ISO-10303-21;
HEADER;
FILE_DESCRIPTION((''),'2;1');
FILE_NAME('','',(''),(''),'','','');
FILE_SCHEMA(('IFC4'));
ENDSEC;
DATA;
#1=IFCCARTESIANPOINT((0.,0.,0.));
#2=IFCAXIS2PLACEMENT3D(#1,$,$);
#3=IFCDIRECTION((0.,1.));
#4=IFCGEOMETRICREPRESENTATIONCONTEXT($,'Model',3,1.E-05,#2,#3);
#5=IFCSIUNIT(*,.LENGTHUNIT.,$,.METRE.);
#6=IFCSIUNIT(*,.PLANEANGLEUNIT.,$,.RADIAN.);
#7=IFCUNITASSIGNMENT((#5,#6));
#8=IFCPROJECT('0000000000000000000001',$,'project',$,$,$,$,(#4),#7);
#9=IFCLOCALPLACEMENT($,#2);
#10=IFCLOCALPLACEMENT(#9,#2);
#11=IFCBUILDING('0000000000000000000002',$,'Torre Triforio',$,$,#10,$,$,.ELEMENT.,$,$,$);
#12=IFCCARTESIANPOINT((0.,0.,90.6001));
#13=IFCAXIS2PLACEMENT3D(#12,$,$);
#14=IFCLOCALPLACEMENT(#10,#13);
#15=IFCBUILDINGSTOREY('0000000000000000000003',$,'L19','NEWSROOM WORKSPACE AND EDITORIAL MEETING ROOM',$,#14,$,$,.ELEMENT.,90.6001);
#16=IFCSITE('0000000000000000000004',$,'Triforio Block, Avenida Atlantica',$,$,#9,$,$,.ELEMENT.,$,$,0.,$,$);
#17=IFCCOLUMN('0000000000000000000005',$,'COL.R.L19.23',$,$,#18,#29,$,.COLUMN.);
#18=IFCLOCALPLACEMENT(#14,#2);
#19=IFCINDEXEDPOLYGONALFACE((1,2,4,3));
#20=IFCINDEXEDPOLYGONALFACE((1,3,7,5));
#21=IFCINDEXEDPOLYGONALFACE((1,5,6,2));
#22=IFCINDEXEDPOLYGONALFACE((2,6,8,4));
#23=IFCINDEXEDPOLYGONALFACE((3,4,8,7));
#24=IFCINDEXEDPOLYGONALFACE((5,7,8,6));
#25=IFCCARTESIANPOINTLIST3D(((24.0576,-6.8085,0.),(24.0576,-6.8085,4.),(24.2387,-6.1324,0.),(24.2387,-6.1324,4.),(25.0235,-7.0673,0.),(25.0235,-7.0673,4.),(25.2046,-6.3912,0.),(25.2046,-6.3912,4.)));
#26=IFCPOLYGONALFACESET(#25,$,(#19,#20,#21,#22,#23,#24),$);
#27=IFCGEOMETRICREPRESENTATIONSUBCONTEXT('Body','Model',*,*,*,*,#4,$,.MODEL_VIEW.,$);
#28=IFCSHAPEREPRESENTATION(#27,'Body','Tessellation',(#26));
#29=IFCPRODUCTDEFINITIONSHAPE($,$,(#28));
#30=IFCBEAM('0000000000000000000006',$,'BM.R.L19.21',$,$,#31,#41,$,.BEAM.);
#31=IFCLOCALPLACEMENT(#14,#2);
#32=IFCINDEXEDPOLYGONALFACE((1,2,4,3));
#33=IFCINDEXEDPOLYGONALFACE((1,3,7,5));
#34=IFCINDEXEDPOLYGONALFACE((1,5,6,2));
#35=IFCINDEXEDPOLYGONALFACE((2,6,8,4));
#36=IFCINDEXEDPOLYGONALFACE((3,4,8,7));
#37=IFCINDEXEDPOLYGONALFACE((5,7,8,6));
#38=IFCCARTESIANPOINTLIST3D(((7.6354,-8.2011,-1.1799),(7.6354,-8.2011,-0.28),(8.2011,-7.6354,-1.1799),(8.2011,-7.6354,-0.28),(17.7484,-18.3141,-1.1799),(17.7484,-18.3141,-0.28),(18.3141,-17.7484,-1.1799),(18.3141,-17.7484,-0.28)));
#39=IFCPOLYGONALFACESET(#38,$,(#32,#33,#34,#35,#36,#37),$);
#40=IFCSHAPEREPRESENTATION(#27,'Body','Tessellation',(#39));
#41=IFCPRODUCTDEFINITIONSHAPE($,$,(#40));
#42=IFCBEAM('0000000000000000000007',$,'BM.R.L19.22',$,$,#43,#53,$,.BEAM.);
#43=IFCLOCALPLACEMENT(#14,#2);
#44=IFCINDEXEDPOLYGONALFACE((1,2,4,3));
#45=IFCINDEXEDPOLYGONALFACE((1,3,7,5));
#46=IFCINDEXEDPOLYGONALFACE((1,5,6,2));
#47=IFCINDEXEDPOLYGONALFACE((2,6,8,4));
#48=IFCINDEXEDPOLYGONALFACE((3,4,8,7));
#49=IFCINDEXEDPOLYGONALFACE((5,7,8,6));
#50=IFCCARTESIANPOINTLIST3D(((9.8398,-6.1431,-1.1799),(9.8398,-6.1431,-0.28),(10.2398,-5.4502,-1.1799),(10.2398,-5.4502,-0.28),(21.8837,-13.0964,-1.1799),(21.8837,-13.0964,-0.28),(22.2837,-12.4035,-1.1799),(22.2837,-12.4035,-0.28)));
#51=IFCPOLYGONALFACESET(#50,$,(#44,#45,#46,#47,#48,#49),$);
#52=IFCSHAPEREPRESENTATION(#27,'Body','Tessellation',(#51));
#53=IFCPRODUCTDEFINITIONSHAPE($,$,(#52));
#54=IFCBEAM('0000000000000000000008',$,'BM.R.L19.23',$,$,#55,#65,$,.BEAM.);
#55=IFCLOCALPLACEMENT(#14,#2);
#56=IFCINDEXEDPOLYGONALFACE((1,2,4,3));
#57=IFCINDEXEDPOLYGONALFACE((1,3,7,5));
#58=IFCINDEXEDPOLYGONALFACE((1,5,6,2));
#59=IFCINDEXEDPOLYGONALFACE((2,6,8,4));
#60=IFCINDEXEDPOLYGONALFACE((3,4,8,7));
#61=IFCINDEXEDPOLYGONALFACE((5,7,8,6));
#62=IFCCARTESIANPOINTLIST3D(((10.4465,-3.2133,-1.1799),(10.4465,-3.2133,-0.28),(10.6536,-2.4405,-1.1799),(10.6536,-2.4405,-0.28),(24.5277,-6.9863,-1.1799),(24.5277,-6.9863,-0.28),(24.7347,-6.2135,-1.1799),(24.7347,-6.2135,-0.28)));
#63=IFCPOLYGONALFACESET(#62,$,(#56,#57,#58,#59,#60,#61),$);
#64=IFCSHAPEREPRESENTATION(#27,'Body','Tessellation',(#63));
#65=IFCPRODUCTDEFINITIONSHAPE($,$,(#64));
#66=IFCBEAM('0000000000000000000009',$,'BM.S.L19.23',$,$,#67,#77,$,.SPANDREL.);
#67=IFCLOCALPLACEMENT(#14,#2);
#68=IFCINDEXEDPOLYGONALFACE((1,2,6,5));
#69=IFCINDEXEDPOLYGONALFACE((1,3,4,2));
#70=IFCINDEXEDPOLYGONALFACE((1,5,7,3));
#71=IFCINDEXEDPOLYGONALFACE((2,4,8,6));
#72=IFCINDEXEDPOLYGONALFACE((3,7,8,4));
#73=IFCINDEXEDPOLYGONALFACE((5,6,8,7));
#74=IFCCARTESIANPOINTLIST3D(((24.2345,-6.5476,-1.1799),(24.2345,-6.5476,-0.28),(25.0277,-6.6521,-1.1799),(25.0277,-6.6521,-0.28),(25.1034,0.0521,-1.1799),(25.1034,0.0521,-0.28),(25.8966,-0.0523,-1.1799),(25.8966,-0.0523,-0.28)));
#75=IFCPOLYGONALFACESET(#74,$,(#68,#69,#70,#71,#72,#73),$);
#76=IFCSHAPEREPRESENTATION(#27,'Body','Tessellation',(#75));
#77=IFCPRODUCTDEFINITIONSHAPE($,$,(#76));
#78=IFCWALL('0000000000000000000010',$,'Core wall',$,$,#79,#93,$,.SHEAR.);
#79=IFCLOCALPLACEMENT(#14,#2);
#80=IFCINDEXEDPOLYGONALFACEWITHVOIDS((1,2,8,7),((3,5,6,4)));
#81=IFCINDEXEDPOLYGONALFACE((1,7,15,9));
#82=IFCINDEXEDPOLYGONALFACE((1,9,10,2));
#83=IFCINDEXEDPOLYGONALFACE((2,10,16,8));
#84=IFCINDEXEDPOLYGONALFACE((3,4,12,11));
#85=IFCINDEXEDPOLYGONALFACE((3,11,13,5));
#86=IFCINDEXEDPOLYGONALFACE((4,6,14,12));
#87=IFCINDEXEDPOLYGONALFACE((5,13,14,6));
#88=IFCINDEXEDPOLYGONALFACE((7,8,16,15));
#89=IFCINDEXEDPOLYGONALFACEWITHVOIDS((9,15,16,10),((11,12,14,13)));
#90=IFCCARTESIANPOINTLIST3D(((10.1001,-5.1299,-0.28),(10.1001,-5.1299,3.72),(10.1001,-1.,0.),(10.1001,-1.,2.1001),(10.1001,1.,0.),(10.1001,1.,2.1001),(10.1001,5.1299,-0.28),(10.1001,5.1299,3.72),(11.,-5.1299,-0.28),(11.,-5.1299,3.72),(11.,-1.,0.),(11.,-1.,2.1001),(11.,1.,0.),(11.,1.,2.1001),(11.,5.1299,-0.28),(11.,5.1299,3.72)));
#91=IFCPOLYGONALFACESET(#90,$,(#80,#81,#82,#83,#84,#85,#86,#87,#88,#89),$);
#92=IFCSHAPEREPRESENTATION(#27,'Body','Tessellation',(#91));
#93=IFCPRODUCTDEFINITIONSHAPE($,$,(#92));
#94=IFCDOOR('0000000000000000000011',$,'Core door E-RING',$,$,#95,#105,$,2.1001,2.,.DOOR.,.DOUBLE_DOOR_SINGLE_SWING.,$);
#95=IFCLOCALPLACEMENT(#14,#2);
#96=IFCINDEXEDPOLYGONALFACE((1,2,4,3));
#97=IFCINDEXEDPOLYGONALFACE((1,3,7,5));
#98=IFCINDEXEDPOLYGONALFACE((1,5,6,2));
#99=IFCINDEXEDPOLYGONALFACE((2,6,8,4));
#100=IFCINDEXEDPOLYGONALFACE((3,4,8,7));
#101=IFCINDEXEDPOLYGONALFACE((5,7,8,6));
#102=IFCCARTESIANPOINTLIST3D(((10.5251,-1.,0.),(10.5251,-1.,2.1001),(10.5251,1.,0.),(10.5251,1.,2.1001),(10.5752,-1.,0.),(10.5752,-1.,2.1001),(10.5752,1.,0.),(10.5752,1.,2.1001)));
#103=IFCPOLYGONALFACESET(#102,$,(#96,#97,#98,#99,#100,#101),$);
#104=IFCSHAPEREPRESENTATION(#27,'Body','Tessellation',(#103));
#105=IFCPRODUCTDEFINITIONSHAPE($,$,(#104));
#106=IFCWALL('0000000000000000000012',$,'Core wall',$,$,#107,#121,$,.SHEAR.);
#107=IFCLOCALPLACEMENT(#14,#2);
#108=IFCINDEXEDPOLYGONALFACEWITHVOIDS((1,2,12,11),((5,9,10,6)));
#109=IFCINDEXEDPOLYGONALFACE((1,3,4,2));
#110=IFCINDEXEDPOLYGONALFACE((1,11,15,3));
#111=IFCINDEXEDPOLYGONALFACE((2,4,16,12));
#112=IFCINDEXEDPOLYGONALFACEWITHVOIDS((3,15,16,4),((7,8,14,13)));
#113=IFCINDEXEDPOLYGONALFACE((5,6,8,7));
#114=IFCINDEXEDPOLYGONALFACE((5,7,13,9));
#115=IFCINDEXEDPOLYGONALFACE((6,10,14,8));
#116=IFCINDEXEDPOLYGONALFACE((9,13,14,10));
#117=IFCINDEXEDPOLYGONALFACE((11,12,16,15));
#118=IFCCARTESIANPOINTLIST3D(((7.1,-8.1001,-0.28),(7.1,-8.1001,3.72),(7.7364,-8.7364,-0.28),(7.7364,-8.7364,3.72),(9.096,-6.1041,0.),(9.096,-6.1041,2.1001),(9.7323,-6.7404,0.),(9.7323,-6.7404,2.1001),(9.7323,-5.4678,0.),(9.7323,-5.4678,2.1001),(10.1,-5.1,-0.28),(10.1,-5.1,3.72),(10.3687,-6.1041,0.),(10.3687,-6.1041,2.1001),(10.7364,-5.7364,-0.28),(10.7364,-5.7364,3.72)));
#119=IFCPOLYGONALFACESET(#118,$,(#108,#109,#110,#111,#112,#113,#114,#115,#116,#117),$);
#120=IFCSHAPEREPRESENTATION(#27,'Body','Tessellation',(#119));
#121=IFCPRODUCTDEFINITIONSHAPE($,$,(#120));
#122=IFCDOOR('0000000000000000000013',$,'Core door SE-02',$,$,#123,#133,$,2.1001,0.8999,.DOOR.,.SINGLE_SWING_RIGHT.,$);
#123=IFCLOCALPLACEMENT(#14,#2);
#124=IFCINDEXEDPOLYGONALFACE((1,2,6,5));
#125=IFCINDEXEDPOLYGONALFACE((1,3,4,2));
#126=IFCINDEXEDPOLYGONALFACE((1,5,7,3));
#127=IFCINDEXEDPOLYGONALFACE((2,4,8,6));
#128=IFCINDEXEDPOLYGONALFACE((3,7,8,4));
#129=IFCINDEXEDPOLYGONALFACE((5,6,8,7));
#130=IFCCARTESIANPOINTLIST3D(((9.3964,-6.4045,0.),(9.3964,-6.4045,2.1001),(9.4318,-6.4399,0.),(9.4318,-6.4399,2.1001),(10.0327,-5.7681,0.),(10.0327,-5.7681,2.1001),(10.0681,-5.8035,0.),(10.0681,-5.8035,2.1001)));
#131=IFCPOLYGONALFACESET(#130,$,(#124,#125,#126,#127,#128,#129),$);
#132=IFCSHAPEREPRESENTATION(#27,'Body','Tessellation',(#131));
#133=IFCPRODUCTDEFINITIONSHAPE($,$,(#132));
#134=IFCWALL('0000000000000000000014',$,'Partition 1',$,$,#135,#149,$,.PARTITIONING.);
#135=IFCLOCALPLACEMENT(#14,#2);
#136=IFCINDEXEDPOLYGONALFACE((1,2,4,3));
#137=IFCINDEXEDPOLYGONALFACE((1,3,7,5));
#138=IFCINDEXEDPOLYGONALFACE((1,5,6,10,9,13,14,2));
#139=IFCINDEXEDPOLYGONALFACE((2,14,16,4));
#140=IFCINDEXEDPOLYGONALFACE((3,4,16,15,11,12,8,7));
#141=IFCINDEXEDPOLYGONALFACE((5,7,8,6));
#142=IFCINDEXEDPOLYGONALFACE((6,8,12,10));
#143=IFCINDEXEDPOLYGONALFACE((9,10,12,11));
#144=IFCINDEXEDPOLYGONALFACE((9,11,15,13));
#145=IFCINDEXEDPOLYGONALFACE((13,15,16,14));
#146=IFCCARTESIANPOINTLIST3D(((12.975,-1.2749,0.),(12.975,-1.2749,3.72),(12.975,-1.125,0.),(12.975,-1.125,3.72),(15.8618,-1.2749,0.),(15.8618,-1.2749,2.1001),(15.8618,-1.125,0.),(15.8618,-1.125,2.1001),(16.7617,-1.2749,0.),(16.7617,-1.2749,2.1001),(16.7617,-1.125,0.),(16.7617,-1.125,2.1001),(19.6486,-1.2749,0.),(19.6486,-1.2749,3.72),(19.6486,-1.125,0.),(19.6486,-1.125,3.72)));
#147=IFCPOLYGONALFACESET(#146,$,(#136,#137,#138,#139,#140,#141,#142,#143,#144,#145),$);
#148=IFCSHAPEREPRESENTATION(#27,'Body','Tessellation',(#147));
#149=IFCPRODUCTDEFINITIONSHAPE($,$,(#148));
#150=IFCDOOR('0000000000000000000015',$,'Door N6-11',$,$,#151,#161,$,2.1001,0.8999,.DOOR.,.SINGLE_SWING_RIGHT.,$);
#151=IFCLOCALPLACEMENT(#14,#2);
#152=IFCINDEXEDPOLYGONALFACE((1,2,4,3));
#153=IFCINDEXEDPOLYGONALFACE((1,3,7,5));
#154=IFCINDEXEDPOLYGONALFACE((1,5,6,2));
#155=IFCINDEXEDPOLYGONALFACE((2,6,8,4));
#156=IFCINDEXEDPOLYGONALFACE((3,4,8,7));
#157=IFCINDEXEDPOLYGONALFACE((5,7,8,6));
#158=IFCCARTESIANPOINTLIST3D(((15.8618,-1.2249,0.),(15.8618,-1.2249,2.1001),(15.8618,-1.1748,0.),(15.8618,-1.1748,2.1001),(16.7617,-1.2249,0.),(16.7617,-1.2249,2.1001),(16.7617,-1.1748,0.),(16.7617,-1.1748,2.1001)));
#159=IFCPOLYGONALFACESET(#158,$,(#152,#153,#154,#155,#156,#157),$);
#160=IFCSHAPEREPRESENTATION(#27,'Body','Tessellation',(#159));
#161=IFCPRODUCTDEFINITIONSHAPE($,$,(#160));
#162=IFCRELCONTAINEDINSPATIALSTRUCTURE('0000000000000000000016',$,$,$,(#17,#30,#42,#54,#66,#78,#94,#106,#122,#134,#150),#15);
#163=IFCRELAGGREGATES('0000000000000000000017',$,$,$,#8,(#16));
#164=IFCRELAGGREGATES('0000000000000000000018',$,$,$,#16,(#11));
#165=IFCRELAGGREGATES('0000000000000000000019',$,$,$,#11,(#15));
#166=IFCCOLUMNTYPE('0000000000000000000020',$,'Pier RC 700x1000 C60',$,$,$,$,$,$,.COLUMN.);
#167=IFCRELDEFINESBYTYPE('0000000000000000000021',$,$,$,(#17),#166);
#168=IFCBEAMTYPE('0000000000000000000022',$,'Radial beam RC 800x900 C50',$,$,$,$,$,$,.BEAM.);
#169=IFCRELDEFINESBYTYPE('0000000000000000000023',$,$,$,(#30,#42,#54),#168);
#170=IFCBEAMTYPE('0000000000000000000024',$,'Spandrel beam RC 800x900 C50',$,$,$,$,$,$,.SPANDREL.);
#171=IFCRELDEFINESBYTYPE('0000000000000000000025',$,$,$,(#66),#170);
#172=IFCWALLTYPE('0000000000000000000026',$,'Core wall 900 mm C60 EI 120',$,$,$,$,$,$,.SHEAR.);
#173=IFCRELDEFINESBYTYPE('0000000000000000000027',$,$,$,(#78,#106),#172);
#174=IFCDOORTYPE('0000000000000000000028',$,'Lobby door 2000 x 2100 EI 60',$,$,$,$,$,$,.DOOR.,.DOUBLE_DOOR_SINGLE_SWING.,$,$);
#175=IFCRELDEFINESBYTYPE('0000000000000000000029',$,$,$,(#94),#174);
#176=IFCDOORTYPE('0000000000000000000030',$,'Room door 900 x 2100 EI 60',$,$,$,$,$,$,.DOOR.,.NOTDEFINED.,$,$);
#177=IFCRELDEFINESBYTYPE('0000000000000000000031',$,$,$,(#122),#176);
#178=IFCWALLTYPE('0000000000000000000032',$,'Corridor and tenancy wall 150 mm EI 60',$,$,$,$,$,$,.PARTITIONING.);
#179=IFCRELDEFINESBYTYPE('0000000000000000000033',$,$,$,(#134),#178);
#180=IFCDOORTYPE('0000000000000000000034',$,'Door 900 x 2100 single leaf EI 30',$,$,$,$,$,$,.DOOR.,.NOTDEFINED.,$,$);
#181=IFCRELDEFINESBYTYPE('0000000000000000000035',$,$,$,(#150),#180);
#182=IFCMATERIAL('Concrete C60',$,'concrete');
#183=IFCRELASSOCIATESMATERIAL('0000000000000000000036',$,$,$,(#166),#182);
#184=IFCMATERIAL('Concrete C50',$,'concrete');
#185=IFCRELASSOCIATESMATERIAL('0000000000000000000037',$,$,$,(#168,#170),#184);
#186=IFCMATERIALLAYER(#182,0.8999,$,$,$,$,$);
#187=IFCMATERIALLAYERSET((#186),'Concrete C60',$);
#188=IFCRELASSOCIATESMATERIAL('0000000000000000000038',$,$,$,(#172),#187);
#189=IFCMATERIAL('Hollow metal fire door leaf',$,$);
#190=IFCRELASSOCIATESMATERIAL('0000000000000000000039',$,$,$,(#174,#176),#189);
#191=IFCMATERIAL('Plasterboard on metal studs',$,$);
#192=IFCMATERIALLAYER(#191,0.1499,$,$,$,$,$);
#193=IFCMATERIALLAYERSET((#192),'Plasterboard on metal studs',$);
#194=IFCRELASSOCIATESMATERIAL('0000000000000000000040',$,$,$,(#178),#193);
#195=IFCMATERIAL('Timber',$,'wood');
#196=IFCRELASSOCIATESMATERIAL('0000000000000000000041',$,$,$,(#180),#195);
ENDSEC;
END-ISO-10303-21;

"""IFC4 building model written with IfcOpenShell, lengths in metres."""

from ifc_helpers import new_model, si_unit, direction, frame, frame_2d, origin, origin_2d, place, context, subcontext, project, spatial, rectangle, extrude, material, layer, layer_set, material_profile, profile_set, type_object, element, fill, save


model = new_model("IFC4")

# Units and contexts
model_context = context("Model", 3, precision=1e-05, world=origin(), true_north=direction((0.0, 1.0)))
body_context = subcontext(model_context, "Body", "Model", "MODEL_VIEW")
ifc_project = project(units=[si_unit("LENGTHUNIT", "METRE"), si_unit("PLANEANGLEUNIT", "RADIAN")], contexts=[model_context])

# Site, building, storey
site_placement = place(None, origin())
site = spatial("IfcSite", under=ifc_project, at=site_placement, Name="Triforio Block, Avenida Atlantica", CompositionType="ELEMENT", RefElevation=0.0)
building_placement = place(site_placement, origin())
building = spatial("IfcBuilding", under=site, at=building_placement, Name="Torre Triforio", CompositionType="ELEMENT")
storey_placement = place(building_placement, frame((0.0, 0.0, 90.6001)))
storey = spatial("IfcBuildingStorey", under=building, at=storey_placement, Name="L19", Description="NEWSROOM WORKSPACE AND EDITORIAL MEETING ROOM", CompositionType="ELEMENT", Elevation=90.6001)

# Column
ifc_material_1 = material(Name="Concrete C60", Category="concrete")
ifc_material_profile_1 = material_profile(ifc_material_1, rectangle(XDim=0.7, YDim=1.0, at=origin_2d()), Name="RC 700x1000")
ifc_profile_set_1 = profile_set([ifc_material_profile_1], Name="Concrete C60")
column_type = type_object("IfcColumnType", Name="Pier RC 700x1000 C60", PredefinedType="COLUMN", material=ifc_profile_set_1)
column_placement = place(storey_placement, frame((24.6311, -6.5999, 0.0), z_axis=(0.0, 0.0, 1.0), x_axis=(0.258819, 0.965926, 0.0)))
element("IfcColumn", 1, at=column_placement, inside=storey, type_object=column_type, Name="COL.R.L19.23", PredefinedType="COLUMN", context=body_context, shape_type="SweptSolid", body=[
    extrude(rectangle(XDim=0.7, YDim=1.0, at=origin_2d()), origin(), (0.0, 0.0, 1.0), 4.0),
])

# Beams
ifc_material_2 = material(Name="Concrete C50", Category="concrete")
ifc_material_profile_2 = material_profile(ifc_material_2, rectangle(XDim=0.8, YDim=0.8999, at=origin_2d()), Name="RC 800x900")
ifc_profile_set_2 = profile_set([ifc_material_profile_2], Name="Concrete C50")
beam_type_1 = type_object("IfcBeamType", Name="Radial beam RC 800x900 C50", PredefinedType="BEAM", material=ifc_profile_set_2)
beam_1_placement = place(storey_placement, frame((7.9182, -7.9182, -0.73), z_axis=(0.707107, -0.707107, 0.0), x_axis=(0.707107, 0.707107, 0.0)))
element("IfcBeam", 2, at=beam_1_placement, inside=storey, type_object=beam_type_1, Name="BM.R.L19.21", PredefinedType="BEAM", context=body_context, shape_type="SweptSolid", body=[
    extrude(rectangle(XDim=0.8, YDim=0.8999, at=origin_2d()), origin(), (0.0, 0.0, 1.0), 14.302),
])
beam_2_placement = place(storey_placement, frame((10.0398, -5.7966, -0.73), z_axis=(0.866032, -0.499989, 0.0), x_axis=(0.499989, 0.866032, 0.0)))
element("IfcBeam", 3, at=beam_2_placement, inside=storey, type_object=beam_type_1, Name="BM.R.L19.22", PredefinedType="BEAM", context=body_context, shape_type="SweptSolid", body=[
    extrude(rectangle(XDim=0.8, YDim=0.8999, at=origin_2d()), origin(), (0.0, 0.0, 1.0), 13.907),
])
beam_3_placement = place(storey_placement, frame((10.55, -2.8269, -0.73), z_axis=(0.965927, -0.258815, 0.0), x_axis=(0.258815, 0.965927, 0.0)))
element("IfcBeam", 4, at=beam_3_placement, inside=storey, type_object=beam_type_1, Name="BM.R.L19.23", PredefinedType="BEAM", context=body_context, shape_type="SweptSolid", body=[
    extrude(rectangle(XDim=0.8, YDim=0.8999, at=origin_2d()), origin(), (0.0, 0.0, 1.0), 14.5779),
])
ifc_material_profile_3 = material_profile(ifc_material_2, rectangle(XDim=0.8, YDim=0.8999, at=origin_2d()), Name="RC 800x900")
ifc_profile_set_3 = profile_set([ifc_material_profile_3], Name="Concrete C50")
beam_type_2 = type_object("IfcBeamType", Name="Spandrel beam RC 800x900 C50", PredefinedType="SPANDREL", material=ifc_profile_set_3)
beam_4_placement = place(storey_placement, frame((24.6311, -6.5999, -0.73), z_axis=(0.130528, 0.991445, 0.0), x_axis=(-0.991445, 0.130528, 0.0)))
element("IfcBeam", 5, at=beam_4_placement, inside=storey, type_object=beam_type_2, Name="BM.S.L19.23", PredefinedType="SPANDREL", context=body_context, shape_type="SweptSolid", body=[
    extrude(rectangle(XDim=0.8, YDim=0.8999, at=origin_2d()), origin(), (0.0, 0.0, 1.0), 6.6567),
])

# Walls, openings, doors
ifc_layer_1 = layer(ifc_material_1, 0.8999)
ifc_layer_set_1 = layer_set([ifc_layer_1], Name="Concrete C60")
wall_type_1 = type_object("IfcWallType", Name="Core wall 900 mm C60 EI 120", PredefinedType="SHEAR", material=ifc_layer_set_1)
wall_1_placement = place(storey_placement, frame((10.55, -5.1299, -0.28), z_axis=(0.0, 0.0, 1.0), x_axis=(0.0, 1.0, 0.0)))
wall_1 = element("IfcWall", 6, at=wall_1_placement, inside=storey, type_object=wall_type_1, Name="Core wall", PredefinedType="SHEAR", context=body_context, shape_type="SweptSolid", body=[
    extrude(rectangle(XDim=10.2598, YDim=0.8999, at=frame_2d((5.1299, 0.0))), origin(), (0.0, 0.0, 1.0), 4.0),
])
opening_1_placement = place(wall_1_placement, frame((4.1299, 0.0, 0.28)))
opening_1 = element("IfcOpeningElement", 7, at=opening_1_placement, cuts=wall_1, PredefinedType="OPENING", context=body_context, shape_type="SweptSolid", body=[
    extrude(rectangle(XDim=2.0, YDim=2.1001, at=frame_2d((1.0, 1.05))), frame((0.0, 0.46, 0.0), z_axis=(0.0, -1.0, 0.0), x_axis=(1.0, 0.0, 0.0)), (0.0, 0.0, 1.0), 0.9199),
])
ifc_material_3 = material(Name="Hollow metal fire door leaf")
door_type_1 = type_object("IfcDoorType", Name="Lobby door 2000 x 2100 EI 60", OperationType="DOUBLE_DOOR_SINGLE_SWING", PredefinedType="DOOR", material=ifc_material_3)
door_1_placement = place(opening_1_placement, origin())
door_1 = element("IfcDoor", 8, at=door_1_placement, inside=storey, type_object=door_type_1, Name="Core door E-RING", OperationType="DOUBLE_DOOR_SINGLE_SWING", OverallHeight=2.1001, OverallWidth=2.0, PredefinedType="DOOR", context=body_context, shape_type="SweptSolid", body=[
    extrude(rectangle(XDim=2.0, YDim=2.1001, at=frame_2d((1.0, 1.05))), frame((0.0, 0.0249, 0.0), z_axis=(0.0, -1.0, 0.0), x_axis=(1.0, 0.0, 0.0)), (0.0, 0.0, 1.0), 0.05),
])
fill(opening_1, door_1)
wall_2_placement = place(storey_placement, frame((10.4182, -5.4182, -0.28), z_axis=(0.0, 0.0, 1.0), x_axis=(-0.707107, -0.707107, 0.0)))
wall_2 = element("IfcWall", 9, at=wall_2_placement, inside=storey, type_object=wall_type_1, Name="Core wall", PredefinedType="SHEAR", context=body_context, shape_type="SweptSolid", body=[
    extrude(rectangle(XDim=4.2427, YDim=0.8999, at=frame_2d((2.1213, 0.0))), origin(), (0.0, 0.0, 1.0), 4.0),
])
opening_2_placement = place(wall_2_placement, frame((0.52, 0.0, 0.28)))
opening_2 = element("IfcOpeningElement", 10, at=opening_2_placement, cuts=wall_2, PredefinedType="OPENING", context=body_context, shape_type="SweptSolid", body=[
    extrude(rectangle(XDim=0.8999, YDim=2.1001, at=frame_2d((0.45, 1.05))), frame((0.0, 0.46, 0.0), z_axis=(0.0, -1.0, 0.0), x_axis=(1.0, 0.0, 0.0)), (0.0, 0.0, 1.0), 0.9199),
])
door_type_2 = type_object("IfcDoorType", Name="Room door 900 x 2100 EI 60", OperationType="NOTDEFINED", PredefinedType="DOOR", material=ifc_material_3)
door_2_placement = place(opening_2_placement, origin())
door_2 = element("IfcDoor", 11, at=door_2_placement, inside=storey, type_object=door_type_2, Name="Core door SE-02", OperationType="SINGLE_SWING_RIGHT", OverallHeight=2.1001, OverallWidth=0.8999, PredefinedType="DOOR", context=body_context, shape_type="SweptSolid", body=[
    extrude(rectangle(XDim=0.8999, YDim=2.1001, at=frame_2d((0.45, 1.05))), frame((0.0, 0.0249, 0.0), z_axis=(0.0, -1.0, 0.0), x_axis=(1.0, 0.0, 0.0)), (0.0, 0.0, 1.0), 0.05),
])
fill(opening_2, door_2)
ifc_material_4 = material(Name="Plasterboard on metal studs")
ifc_layer_2 = layer(ifc_material_4, 0.1499)
ifc_layer_set_2 = layer_set([ifc_layer_2], Name="Plasterboard on metal studs")
wall_type_2 = type_object("IfcWallType", Name="Corridor and tenancy wall 150 mm EI 60", PredefinedType="PARTITIONING", material=ifc_layer_set_2)
wall_3_placement = place(storey_placement, frame((19.6487, -1.2, 0.0), z_axis=(0.0, 0.0, 1.0), x_axis=(-1.0, 0.0, 0.0)))
wall_3 = element("IfcWall", 12, at=wall_3_placement, inside=storey, type_object=wall_type_2, Name="Partition 1", PredefinedType="PARTITIONING", context=body_context, shape_type="SweptSolid", body=[
    extrude(rectangle(XDim=6.6736, YDim=0.1499, at=frame_2d((3.3369, 0.0))), origin(), (0.0, 0.0, 1.0), 3.72),
])
opening_3_placement = place(wall_3_placement, frame((2.887, 0.0, 0.0)))
opening_3 = element("IfcOpeningElement", 13, at=opening_3_placement, cuts=wall_3, PredefinedType="OPENING", context=body_context, shape_type="SweptSolid", body=[
    extrude(rectangle(XDim=0.8999, YDim=2.1001, at=frame_2d((0.45, 1.05))), frame((0.0, 0.085, 0.0), z_axis=(0.0, -1.0, 0.0), x_axis=(1.0, 0.0, 0.0)), (0.0, 0.0, 1.0), 0.1699),
])
ifc_material_5 = material(Name="Timber", Category="wood")
door_type_3 = type_object("IfcDoorType", Name="Door 900 x 2100 single leaf EI 30", OperationType="NOTDEFINED", PredefinedType="DOOR", material=ifc_material_5)
door_3_placement = place(opening_3_placement, origin())
door_3 = element("IfcDoor", 14, at=door_3_placement, inside=storey, type_object=door_type_3, Name="Door N6-11", OperationType="SINGLE_SWING_RIGHT", OverallHeight=2.1001, OverallWidth=0.8999, PredefinedType="DOOR", context=body_context, shape_type="SweptSolid", body=[
    extrude(rectangle(XDim=0.8999, YDim=2.1001, at=frame_2d((0.45, 1.05))), frame((0.0, 0.0249, 0.0), z_axis=(0.0, -1.0, 0.0), x_axis=(1.0, 0.0, 0.0)), (0.0, 0.0, 1.0), 0.05),
])
fill(opening_3, door_3)

save(model, "model.ifc")
